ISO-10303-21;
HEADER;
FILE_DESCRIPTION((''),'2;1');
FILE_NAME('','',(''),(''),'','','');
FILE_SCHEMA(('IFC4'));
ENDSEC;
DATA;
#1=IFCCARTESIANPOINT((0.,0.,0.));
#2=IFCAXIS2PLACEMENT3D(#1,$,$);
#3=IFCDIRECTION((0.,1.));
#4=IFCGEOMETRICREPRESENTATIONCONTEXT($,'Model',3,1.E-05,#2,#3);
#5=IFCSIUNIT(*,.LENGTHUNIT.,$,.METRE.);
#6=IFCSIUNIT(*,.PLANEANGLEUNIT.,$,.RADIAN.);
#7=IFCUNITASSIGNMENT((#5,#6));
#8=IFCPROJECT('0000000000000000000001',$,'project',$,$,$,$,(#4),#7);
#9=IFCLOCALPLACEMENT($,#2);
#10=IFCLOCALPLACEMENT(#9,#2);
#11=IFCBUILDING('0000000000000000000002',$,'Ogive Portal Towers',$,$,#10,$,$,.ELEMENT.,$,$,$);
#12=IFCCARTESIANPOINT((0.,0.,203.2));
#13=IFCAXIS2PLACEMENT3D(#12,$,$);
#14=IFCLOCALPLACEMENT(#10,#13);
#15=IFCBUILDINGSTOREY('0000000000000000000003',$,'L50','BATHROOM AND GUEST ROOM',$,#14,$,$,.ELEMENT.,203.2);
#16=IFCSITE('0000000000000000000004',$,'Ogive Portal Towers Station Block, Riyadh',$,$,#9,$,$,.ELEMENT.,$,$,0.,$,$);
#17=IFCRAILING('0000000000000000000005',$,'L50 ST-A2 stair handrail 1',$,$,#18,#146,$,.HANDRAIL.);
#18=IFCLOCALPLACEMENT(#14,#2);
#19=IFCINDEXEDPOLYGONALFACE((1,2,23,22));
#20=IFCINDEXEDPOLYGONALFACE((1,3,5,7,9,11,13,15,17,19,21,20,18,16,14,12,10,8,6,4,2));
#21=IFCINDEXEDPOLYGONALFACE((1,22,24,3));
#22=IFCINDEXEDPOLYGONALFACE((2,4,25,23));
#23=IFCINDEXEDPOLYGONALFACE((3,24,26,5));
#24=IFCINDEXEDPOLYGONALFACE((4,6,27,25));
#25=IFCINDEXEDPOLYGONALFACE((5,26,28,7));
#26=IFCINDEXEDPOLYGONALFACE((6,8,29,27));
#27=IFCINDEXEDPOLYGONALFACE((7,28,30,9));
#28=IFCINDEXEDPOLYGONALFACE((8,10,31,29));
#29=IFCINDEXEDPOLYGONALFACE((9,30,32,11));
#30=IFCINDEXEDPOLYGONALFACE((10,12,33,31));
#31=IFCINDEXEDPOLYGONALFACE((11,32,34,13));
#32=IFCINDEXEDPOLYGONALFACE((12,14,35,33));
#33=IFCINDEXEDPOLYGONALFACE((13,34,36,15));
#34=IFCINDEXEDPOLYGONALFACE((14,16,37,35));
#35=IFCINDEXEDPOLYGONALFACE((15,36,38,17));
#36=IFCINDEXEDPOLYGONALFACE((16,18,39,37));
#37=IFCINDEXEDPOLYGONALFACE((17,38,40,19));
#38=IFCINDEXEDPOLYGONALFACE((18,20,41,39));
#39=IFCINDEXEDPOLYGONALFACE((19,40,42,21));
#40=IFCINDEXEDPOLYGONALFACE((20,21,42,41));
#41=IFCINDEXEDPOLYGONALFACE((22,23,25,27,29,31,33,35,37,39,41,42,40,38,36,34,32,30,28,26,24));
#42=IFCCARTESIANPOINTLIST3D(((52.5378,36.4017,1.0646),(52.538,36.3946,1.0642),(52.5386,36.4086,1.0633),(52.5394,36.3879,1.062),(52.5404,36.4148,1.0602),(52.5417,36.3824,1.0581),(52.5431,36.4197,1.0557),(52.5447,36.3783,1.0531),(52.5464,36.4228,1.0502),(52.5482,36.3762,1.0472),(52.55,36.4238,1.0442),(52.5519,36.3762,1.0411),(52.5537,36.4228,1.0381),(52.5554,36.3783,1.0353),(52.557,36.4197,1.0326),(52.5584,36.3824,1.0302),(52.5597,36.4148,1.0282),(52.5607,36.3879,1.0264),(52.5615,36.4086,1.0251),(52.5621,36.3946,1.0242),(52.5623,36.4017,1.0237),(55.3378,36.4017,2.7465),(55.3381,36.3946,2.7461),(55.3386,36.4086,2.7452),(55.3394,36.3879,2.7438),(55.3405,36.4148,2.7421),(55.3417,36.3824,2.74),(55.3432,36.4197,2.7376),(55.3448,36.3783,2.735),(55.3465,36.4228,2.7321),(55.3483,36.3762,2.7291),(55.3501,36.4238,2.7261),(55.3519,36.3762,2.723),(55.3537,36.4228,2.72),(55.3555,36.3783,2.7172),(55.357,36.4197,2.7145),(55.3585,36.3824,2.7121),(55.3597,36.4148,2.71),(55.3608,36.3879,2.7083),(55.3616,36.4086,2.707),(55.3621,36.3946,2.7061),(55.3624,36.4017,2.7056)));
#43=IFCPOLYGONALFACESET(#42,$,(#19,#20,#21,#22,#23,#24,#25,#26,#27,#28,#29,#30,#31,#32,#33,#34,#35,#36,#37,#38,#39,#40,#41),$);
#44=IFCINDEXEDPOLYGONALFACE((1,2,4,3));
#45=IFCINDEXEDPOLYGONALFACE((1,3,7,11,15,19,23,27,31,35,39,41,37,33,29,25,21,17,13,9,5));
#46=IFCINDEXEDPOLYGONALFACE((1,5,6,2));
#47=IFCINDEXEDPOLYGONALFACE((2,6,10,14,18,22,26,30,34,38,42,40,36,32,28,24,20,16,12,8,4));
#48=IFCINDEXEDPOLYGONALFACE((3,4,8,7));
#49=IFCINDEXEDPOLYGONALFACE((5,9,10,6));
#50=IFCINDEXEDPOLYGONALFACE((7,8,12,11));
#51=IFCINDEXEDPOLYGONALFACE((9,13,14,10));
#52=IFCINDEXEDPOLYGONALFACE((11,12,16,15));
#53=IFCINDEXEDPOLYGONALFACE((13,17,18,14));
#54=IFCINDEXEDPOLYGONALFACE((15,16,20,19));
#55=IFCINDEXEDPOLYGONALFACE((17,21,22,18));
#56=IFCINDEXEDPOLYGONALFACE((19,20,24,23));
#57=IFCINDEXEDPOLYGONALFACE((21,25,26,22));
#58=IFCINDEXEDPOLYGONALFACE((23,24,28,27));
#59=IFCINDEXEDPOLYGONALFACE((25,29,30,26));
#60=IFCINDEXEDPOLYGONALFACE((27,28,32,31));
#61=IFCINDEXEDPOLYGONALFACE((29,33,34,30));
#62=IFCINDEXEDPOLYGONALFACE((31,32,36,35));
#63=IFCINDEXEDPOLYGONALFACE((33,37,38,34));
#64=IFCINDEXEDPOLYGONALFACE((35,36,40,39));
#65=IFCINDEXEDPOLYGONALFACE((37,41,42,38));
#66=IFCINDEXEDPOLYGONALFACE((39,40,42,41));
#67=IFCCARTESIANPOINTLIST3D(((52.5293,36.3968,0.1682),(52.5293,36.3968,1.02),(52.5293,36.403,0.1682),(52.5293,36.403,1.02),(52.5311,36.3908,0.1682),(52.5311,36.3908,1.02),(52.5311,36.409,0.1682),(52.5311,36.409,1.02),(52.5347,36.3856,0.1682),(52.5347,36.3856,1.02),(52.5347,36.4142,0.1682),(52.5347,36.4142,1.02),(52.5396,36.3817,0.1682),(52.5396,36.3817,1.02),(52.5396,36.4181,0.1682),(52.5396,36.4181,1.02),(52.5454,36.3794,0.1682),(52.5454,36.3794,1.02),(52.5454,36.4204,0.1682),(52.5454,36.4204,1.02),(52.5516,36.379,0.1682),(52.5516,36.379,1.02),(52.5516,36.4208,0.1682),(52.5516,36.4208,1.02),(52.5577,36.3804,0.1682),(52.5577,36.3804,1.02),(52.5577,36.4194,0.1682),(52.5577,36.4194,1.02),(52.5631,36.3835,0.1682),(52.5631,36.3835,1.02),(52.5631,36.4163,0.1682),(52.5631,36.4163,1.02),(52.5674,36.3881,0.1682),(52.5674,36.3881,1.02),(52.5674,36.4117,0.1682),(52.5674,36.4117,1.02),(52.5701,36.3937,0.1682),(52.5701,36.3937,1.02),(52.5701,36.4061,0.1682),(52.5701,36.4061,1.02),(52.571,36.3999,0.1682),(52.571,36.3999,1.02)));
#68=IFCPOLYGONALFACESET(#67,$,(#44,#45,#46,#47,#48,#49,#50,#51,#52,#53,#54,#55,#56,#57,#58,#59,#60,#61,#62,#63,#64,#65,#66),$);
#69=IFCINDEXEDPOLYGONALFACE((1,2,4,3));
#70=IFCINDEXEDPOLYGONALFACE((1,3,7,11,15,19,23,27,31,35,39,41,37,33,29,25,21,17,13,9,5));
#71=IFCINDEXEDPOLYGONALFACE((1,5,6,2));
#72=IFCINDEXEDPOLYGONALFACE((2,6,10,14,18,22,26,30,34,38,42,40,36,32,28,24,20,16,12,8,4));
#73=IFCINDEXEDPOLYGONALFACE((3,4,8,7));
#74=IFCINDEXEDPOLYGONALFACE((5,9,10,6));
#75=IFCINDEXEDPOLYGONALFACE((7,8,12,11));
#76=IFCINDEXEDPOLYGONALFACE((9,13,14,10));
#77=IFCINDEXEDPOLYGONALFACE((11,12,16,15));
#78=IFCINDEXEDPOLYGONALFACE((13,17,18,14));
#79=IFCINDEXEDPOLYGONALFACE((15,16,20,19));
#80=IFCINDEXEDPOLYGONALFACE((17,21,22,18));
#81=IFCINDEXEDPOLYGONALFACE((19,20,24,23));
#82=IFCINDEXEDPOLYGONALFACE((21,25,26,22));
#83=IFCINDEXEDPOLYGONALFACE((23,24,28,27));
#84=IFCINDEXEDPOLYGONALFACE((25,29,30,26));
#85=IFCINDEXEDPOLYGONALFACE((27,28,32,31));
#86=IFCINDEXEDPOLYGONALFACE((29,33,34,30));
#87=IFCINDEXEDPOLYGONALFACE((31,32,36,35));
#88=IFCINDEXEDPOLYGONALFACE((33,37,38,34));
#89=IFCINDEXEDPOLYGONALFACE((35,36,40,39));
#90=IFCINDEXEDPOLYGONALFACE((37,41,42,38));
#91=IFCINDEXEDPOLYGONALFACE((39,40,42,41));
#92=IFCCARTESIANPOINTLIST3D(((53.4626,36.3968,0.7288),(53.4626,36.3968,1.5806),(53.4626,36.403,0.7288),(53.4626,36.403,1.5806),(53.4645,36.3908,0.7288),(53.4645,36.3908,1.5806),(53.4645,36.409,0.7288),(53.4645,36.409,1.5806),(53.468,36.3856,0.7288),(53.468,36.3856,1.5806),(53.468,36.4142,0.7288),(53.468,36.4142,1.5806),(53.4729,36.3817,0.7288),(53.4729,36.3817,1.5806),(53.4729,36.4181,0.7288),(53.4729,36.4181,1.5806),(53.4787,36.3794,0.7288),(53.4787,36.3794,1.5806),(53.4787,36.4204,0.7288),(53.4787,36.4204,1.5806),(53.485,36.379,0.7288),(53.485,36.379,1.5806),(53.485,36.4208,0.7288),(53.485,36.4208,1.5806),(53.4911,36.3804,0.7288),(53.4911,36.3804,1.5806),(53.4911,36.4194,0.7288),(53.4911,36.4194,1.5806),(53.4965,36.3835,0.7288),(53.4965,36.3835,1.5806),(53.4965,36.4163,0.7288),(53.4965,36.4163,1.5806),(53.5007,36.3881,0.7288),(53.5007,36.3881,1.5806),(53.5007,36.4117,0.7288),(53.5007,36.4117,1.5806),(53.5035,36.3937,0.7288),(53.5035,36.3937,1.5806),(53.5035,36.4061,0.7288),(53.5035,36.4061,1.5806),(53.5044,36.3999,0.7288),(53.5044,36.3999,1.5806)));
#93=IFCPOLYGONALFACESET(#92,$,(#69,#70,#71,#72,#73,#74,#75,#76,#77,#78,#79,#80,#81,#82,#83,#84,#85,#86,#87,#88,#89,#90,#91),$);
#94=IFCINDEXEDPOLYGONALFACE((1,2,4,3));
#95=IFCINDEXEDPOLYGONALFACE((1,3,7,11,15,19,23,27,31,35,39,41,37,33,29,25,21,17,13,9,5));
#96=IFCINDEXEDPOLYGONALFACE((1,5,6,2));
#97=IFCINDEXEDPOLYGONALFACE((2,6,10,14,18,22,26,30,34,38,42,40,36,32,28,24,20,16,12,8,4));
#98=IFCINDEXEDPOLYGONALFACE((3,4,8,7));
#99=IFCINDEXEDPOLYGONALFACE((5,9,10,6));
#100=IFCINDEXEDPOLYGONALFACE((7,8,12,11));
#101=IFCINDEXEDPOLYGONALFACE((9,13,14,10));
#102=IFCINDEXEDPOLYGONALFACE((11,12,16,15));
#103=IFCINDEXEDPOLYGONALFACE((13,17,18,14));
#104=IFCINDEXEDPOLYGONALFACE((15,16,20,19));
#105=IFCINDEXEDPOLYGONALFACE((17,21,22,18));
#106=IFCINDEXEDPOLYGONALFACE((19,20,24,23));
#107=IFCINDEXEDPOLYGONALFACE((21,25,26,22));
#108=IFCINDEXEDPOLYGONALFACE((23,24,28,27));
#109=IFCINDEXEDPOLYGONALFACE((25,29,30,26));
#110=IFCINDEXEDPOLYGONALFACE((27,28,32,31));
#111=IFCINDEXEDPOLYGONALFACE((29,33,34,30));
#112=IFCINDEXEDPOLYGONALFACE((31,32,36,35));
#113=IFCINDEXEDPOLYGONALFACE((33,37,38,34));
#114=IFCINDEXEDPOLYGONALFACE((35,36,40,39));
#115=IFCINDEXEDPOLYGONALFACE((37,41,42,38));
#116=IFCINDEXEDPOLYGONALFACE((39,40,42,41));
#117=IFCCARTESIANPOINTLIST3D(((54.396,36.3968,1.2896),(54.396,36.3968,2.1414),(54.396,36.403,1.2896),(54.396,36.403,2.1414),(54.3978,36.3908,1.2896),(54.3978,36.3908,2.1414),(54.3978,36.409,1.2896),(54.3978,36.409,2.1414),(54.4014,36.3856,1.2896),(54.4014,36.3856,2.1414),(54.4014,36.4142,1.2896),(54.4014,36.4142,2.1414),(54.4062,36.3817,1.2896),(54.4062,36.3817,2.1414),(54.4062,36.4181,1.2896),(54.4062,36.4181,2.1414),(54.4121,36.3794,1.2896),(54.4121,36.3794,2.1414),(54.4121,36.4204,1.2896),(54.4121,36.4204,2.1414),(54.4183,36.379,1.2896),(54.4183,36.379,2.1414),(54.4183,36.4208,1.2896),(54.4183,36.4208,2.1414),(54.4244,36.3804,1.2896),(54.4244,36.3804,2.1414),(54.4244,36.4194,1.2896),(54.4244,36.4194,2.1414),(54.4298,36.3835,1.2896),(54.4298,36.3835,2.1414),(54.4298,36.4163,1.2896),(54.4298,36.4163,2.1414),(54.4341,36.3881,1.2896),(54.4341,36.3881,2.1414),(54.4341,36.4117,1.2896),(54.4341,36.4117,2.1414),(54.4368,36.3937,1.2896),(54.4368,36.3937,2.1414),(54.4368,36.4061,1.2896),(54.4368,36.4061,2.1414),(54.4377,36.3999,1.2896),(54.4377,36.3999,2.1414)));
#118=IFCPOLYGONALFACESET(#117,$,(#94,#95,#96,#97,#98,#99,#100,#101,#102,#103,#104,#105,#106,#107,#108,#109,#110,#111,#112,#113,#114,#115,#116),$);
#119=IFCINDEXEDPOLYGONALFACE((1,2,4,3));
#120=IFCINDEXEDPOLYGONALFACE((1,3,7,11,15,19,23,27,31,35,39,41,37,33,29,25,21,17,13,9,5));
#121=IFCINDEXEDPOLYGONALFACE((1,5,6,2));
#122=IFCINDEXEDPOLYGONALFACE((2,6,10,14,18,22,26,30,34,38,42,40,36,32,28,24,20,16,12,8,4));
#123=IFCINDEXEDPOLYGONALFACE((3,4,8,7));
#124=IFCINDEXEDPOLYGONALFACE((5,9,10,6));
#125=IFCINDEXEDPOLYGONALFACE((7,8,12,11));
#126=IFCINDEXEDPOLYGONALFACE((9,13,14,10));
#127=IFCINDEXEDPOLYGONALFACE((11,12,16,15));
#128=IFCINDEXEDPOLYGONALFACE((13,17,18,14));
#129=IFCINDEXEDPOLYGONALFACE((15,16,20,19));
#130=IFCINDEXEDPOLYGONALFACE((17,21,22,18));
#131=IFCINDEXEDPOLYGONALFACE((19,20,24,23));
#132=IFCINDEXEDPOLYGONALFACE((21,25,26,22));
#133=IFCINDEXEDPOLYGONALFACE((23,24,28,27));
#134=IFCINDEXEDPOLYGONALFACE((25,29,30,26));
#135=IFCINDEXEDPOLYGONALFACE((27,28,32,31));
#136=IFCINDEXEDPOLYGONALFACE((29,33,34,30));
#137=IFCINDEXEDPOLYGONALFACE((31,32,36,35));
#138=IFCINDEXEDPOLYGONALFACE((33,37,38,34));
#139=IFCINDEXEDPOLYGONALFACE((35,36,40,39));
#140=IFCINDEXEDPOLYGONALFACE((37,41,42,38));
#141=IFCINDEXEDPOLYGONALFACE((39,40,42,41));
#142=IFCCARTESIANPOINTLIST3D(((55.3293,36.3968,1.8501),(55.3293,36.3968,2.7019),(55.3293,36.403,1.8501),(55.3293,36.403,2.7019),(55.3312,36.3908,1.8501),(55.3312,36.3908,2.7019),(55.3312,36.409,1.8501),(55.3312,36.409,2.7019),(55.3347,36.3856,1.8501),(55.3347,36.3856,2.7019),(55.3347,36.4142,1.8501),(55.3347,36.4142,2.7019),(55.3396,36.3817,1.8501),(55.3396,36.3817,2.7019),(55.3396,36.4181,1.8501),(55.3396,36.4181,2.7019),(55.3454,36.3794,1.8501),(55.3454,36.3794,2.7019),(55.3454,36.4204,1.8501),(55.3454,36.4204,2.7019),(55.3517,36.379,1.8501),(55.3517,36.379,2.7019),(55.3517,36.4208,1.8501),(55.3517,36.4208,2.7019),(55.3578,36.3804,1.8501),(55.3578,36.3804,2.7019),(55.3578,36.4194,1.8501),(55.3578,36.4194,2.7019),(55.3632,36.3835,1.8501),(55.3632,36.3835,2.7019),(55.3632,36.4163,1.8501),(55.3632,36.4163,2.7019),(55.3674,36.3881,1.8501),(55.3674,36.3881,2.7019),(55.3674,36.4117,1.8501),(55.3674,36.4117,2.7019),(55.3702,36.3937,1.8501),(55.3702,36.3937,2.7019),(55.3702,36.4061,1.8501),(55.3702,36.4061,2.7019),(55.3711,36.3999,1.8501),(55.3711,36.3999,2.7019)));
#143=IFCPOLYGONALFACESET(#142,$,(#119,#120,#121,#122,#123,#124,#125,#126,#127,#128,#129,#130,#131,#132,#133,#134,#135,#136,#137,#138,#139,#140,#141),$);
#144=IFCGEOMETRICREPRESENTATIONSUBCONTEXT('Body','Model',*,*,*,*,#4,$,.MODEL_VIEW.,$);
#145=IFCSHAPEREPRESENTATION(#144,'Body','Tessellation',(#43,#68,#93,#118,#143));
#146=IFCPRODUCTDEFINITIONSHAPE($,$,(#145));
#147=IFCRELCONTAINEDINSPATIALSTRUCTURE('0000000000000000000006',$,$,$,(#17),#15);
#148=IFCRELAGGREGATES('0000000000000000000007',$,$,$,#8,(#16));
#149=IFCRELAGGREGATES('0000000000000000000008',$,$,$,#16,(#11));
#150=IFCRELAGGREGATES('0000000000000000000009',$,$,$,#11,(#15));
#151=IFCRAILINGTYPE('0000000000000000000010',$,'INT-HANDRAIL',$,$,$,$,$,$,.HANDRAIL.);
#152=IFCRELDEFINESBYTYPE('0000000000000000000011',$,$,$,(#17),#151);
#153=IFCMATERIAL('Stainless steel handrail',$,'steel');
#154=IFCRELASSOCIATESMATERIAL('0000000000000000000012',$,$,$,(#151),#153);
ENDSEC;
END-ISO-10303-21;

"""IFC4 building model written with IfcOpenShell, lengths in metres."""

from ifc_helpers import new_model, si_unit, direction, frame, origin, origin_2d, place, context, subcontext, project, spatial, circle, extrude, material, type_object, element, save


model = new_model("IFC4")

# Units and contexts
model_context = context("Model", 3, precision=1e-05, world=origin(), true_north=direction((0.0, 1.0)))
body_context = subcontext(model_context, "Body", "Model", "MODEL_VIEW")
ifc_project = project(units=[si_unit("LENGTHUNIT", "METRE"), si_unit("PLANEANGLEUNIT", "RADIAN")], contexts=[model_context])

# Site, building, storey
site_placement = place(None, origin())
site = spatial("IfcSite", under=ifc_project, at=site_placement, Name="Ogive Portal Towers Station Block, Riyadh", CompositionType="ELEMENT", RefElevation=0.0)
building_placement = place(site_placement, origin())
building = spatial("IfcBuilding", under=site, at=building_placement, Name="Ogive Portal Towers", CompositionType="ELEMENT")
storey_placement = place(building_placement, frame((0.0, 0.0, 203.2)))
storey = spatial("IfcBuildingStorey", under=building, at=storey_placement, Name="L50", Description="BATHROOM AND GUEST ROOM", CompositionType="ELEMENT", Elevation=203.2)

# Railing
ifc_material_1 = material(Name="Stainless steel handrail", Category="steel")
railing_type_1 = type_object("IfcRailingType", Name="INT-HANDRAIL", PredefinedType="HANDRAIL", material=ifc_material_1)
railing_1_placement = place(storey_placement, frame((52.55, 36.3999, 0.1682)))
element("IfcRailing", 1, at=railing_1_placement, inside=storey, type_object=railing_type_1, Name="L50 ST-A2 stair handrail 1", PredefinedType="HANDRAIL", context=body_context, shape_type="SweptSolid", body=[
    extrude(circle(Radius=0.0239, at=origin_2d()), frame((0.0, 0.0, 0.876), z_axis=(0.857242, 0.0, 0.514913), x_axis=(0.0, 1.0, 0.0)), (0.0, 0.0, 1.0), 3.2664),
    extrude(circle(Radius=0.021, at=origin_2d()), origin(), (0.0, 0.0, 1.0), 0.8518),
    extrude(circle(Radius=0.021, at=origin_2d()), frame((0.9333, 0.0, 0.5605)), (0.0, 0.0, 1.0), 0.8518),
    extrude(circle(Radius=0.021, at=origin_2d()), frame((1.8667, 0.0, 1.1213)), (0.0, 0.0, 1.0), 0.8518),
    extrude(circle(Radius=0.021, at=origin_2d()), frame((2.8, 0.0, 1.6819)), (0.0, 0.0, 1.0), 0.8518),
])

save(model, "model.ifc")
